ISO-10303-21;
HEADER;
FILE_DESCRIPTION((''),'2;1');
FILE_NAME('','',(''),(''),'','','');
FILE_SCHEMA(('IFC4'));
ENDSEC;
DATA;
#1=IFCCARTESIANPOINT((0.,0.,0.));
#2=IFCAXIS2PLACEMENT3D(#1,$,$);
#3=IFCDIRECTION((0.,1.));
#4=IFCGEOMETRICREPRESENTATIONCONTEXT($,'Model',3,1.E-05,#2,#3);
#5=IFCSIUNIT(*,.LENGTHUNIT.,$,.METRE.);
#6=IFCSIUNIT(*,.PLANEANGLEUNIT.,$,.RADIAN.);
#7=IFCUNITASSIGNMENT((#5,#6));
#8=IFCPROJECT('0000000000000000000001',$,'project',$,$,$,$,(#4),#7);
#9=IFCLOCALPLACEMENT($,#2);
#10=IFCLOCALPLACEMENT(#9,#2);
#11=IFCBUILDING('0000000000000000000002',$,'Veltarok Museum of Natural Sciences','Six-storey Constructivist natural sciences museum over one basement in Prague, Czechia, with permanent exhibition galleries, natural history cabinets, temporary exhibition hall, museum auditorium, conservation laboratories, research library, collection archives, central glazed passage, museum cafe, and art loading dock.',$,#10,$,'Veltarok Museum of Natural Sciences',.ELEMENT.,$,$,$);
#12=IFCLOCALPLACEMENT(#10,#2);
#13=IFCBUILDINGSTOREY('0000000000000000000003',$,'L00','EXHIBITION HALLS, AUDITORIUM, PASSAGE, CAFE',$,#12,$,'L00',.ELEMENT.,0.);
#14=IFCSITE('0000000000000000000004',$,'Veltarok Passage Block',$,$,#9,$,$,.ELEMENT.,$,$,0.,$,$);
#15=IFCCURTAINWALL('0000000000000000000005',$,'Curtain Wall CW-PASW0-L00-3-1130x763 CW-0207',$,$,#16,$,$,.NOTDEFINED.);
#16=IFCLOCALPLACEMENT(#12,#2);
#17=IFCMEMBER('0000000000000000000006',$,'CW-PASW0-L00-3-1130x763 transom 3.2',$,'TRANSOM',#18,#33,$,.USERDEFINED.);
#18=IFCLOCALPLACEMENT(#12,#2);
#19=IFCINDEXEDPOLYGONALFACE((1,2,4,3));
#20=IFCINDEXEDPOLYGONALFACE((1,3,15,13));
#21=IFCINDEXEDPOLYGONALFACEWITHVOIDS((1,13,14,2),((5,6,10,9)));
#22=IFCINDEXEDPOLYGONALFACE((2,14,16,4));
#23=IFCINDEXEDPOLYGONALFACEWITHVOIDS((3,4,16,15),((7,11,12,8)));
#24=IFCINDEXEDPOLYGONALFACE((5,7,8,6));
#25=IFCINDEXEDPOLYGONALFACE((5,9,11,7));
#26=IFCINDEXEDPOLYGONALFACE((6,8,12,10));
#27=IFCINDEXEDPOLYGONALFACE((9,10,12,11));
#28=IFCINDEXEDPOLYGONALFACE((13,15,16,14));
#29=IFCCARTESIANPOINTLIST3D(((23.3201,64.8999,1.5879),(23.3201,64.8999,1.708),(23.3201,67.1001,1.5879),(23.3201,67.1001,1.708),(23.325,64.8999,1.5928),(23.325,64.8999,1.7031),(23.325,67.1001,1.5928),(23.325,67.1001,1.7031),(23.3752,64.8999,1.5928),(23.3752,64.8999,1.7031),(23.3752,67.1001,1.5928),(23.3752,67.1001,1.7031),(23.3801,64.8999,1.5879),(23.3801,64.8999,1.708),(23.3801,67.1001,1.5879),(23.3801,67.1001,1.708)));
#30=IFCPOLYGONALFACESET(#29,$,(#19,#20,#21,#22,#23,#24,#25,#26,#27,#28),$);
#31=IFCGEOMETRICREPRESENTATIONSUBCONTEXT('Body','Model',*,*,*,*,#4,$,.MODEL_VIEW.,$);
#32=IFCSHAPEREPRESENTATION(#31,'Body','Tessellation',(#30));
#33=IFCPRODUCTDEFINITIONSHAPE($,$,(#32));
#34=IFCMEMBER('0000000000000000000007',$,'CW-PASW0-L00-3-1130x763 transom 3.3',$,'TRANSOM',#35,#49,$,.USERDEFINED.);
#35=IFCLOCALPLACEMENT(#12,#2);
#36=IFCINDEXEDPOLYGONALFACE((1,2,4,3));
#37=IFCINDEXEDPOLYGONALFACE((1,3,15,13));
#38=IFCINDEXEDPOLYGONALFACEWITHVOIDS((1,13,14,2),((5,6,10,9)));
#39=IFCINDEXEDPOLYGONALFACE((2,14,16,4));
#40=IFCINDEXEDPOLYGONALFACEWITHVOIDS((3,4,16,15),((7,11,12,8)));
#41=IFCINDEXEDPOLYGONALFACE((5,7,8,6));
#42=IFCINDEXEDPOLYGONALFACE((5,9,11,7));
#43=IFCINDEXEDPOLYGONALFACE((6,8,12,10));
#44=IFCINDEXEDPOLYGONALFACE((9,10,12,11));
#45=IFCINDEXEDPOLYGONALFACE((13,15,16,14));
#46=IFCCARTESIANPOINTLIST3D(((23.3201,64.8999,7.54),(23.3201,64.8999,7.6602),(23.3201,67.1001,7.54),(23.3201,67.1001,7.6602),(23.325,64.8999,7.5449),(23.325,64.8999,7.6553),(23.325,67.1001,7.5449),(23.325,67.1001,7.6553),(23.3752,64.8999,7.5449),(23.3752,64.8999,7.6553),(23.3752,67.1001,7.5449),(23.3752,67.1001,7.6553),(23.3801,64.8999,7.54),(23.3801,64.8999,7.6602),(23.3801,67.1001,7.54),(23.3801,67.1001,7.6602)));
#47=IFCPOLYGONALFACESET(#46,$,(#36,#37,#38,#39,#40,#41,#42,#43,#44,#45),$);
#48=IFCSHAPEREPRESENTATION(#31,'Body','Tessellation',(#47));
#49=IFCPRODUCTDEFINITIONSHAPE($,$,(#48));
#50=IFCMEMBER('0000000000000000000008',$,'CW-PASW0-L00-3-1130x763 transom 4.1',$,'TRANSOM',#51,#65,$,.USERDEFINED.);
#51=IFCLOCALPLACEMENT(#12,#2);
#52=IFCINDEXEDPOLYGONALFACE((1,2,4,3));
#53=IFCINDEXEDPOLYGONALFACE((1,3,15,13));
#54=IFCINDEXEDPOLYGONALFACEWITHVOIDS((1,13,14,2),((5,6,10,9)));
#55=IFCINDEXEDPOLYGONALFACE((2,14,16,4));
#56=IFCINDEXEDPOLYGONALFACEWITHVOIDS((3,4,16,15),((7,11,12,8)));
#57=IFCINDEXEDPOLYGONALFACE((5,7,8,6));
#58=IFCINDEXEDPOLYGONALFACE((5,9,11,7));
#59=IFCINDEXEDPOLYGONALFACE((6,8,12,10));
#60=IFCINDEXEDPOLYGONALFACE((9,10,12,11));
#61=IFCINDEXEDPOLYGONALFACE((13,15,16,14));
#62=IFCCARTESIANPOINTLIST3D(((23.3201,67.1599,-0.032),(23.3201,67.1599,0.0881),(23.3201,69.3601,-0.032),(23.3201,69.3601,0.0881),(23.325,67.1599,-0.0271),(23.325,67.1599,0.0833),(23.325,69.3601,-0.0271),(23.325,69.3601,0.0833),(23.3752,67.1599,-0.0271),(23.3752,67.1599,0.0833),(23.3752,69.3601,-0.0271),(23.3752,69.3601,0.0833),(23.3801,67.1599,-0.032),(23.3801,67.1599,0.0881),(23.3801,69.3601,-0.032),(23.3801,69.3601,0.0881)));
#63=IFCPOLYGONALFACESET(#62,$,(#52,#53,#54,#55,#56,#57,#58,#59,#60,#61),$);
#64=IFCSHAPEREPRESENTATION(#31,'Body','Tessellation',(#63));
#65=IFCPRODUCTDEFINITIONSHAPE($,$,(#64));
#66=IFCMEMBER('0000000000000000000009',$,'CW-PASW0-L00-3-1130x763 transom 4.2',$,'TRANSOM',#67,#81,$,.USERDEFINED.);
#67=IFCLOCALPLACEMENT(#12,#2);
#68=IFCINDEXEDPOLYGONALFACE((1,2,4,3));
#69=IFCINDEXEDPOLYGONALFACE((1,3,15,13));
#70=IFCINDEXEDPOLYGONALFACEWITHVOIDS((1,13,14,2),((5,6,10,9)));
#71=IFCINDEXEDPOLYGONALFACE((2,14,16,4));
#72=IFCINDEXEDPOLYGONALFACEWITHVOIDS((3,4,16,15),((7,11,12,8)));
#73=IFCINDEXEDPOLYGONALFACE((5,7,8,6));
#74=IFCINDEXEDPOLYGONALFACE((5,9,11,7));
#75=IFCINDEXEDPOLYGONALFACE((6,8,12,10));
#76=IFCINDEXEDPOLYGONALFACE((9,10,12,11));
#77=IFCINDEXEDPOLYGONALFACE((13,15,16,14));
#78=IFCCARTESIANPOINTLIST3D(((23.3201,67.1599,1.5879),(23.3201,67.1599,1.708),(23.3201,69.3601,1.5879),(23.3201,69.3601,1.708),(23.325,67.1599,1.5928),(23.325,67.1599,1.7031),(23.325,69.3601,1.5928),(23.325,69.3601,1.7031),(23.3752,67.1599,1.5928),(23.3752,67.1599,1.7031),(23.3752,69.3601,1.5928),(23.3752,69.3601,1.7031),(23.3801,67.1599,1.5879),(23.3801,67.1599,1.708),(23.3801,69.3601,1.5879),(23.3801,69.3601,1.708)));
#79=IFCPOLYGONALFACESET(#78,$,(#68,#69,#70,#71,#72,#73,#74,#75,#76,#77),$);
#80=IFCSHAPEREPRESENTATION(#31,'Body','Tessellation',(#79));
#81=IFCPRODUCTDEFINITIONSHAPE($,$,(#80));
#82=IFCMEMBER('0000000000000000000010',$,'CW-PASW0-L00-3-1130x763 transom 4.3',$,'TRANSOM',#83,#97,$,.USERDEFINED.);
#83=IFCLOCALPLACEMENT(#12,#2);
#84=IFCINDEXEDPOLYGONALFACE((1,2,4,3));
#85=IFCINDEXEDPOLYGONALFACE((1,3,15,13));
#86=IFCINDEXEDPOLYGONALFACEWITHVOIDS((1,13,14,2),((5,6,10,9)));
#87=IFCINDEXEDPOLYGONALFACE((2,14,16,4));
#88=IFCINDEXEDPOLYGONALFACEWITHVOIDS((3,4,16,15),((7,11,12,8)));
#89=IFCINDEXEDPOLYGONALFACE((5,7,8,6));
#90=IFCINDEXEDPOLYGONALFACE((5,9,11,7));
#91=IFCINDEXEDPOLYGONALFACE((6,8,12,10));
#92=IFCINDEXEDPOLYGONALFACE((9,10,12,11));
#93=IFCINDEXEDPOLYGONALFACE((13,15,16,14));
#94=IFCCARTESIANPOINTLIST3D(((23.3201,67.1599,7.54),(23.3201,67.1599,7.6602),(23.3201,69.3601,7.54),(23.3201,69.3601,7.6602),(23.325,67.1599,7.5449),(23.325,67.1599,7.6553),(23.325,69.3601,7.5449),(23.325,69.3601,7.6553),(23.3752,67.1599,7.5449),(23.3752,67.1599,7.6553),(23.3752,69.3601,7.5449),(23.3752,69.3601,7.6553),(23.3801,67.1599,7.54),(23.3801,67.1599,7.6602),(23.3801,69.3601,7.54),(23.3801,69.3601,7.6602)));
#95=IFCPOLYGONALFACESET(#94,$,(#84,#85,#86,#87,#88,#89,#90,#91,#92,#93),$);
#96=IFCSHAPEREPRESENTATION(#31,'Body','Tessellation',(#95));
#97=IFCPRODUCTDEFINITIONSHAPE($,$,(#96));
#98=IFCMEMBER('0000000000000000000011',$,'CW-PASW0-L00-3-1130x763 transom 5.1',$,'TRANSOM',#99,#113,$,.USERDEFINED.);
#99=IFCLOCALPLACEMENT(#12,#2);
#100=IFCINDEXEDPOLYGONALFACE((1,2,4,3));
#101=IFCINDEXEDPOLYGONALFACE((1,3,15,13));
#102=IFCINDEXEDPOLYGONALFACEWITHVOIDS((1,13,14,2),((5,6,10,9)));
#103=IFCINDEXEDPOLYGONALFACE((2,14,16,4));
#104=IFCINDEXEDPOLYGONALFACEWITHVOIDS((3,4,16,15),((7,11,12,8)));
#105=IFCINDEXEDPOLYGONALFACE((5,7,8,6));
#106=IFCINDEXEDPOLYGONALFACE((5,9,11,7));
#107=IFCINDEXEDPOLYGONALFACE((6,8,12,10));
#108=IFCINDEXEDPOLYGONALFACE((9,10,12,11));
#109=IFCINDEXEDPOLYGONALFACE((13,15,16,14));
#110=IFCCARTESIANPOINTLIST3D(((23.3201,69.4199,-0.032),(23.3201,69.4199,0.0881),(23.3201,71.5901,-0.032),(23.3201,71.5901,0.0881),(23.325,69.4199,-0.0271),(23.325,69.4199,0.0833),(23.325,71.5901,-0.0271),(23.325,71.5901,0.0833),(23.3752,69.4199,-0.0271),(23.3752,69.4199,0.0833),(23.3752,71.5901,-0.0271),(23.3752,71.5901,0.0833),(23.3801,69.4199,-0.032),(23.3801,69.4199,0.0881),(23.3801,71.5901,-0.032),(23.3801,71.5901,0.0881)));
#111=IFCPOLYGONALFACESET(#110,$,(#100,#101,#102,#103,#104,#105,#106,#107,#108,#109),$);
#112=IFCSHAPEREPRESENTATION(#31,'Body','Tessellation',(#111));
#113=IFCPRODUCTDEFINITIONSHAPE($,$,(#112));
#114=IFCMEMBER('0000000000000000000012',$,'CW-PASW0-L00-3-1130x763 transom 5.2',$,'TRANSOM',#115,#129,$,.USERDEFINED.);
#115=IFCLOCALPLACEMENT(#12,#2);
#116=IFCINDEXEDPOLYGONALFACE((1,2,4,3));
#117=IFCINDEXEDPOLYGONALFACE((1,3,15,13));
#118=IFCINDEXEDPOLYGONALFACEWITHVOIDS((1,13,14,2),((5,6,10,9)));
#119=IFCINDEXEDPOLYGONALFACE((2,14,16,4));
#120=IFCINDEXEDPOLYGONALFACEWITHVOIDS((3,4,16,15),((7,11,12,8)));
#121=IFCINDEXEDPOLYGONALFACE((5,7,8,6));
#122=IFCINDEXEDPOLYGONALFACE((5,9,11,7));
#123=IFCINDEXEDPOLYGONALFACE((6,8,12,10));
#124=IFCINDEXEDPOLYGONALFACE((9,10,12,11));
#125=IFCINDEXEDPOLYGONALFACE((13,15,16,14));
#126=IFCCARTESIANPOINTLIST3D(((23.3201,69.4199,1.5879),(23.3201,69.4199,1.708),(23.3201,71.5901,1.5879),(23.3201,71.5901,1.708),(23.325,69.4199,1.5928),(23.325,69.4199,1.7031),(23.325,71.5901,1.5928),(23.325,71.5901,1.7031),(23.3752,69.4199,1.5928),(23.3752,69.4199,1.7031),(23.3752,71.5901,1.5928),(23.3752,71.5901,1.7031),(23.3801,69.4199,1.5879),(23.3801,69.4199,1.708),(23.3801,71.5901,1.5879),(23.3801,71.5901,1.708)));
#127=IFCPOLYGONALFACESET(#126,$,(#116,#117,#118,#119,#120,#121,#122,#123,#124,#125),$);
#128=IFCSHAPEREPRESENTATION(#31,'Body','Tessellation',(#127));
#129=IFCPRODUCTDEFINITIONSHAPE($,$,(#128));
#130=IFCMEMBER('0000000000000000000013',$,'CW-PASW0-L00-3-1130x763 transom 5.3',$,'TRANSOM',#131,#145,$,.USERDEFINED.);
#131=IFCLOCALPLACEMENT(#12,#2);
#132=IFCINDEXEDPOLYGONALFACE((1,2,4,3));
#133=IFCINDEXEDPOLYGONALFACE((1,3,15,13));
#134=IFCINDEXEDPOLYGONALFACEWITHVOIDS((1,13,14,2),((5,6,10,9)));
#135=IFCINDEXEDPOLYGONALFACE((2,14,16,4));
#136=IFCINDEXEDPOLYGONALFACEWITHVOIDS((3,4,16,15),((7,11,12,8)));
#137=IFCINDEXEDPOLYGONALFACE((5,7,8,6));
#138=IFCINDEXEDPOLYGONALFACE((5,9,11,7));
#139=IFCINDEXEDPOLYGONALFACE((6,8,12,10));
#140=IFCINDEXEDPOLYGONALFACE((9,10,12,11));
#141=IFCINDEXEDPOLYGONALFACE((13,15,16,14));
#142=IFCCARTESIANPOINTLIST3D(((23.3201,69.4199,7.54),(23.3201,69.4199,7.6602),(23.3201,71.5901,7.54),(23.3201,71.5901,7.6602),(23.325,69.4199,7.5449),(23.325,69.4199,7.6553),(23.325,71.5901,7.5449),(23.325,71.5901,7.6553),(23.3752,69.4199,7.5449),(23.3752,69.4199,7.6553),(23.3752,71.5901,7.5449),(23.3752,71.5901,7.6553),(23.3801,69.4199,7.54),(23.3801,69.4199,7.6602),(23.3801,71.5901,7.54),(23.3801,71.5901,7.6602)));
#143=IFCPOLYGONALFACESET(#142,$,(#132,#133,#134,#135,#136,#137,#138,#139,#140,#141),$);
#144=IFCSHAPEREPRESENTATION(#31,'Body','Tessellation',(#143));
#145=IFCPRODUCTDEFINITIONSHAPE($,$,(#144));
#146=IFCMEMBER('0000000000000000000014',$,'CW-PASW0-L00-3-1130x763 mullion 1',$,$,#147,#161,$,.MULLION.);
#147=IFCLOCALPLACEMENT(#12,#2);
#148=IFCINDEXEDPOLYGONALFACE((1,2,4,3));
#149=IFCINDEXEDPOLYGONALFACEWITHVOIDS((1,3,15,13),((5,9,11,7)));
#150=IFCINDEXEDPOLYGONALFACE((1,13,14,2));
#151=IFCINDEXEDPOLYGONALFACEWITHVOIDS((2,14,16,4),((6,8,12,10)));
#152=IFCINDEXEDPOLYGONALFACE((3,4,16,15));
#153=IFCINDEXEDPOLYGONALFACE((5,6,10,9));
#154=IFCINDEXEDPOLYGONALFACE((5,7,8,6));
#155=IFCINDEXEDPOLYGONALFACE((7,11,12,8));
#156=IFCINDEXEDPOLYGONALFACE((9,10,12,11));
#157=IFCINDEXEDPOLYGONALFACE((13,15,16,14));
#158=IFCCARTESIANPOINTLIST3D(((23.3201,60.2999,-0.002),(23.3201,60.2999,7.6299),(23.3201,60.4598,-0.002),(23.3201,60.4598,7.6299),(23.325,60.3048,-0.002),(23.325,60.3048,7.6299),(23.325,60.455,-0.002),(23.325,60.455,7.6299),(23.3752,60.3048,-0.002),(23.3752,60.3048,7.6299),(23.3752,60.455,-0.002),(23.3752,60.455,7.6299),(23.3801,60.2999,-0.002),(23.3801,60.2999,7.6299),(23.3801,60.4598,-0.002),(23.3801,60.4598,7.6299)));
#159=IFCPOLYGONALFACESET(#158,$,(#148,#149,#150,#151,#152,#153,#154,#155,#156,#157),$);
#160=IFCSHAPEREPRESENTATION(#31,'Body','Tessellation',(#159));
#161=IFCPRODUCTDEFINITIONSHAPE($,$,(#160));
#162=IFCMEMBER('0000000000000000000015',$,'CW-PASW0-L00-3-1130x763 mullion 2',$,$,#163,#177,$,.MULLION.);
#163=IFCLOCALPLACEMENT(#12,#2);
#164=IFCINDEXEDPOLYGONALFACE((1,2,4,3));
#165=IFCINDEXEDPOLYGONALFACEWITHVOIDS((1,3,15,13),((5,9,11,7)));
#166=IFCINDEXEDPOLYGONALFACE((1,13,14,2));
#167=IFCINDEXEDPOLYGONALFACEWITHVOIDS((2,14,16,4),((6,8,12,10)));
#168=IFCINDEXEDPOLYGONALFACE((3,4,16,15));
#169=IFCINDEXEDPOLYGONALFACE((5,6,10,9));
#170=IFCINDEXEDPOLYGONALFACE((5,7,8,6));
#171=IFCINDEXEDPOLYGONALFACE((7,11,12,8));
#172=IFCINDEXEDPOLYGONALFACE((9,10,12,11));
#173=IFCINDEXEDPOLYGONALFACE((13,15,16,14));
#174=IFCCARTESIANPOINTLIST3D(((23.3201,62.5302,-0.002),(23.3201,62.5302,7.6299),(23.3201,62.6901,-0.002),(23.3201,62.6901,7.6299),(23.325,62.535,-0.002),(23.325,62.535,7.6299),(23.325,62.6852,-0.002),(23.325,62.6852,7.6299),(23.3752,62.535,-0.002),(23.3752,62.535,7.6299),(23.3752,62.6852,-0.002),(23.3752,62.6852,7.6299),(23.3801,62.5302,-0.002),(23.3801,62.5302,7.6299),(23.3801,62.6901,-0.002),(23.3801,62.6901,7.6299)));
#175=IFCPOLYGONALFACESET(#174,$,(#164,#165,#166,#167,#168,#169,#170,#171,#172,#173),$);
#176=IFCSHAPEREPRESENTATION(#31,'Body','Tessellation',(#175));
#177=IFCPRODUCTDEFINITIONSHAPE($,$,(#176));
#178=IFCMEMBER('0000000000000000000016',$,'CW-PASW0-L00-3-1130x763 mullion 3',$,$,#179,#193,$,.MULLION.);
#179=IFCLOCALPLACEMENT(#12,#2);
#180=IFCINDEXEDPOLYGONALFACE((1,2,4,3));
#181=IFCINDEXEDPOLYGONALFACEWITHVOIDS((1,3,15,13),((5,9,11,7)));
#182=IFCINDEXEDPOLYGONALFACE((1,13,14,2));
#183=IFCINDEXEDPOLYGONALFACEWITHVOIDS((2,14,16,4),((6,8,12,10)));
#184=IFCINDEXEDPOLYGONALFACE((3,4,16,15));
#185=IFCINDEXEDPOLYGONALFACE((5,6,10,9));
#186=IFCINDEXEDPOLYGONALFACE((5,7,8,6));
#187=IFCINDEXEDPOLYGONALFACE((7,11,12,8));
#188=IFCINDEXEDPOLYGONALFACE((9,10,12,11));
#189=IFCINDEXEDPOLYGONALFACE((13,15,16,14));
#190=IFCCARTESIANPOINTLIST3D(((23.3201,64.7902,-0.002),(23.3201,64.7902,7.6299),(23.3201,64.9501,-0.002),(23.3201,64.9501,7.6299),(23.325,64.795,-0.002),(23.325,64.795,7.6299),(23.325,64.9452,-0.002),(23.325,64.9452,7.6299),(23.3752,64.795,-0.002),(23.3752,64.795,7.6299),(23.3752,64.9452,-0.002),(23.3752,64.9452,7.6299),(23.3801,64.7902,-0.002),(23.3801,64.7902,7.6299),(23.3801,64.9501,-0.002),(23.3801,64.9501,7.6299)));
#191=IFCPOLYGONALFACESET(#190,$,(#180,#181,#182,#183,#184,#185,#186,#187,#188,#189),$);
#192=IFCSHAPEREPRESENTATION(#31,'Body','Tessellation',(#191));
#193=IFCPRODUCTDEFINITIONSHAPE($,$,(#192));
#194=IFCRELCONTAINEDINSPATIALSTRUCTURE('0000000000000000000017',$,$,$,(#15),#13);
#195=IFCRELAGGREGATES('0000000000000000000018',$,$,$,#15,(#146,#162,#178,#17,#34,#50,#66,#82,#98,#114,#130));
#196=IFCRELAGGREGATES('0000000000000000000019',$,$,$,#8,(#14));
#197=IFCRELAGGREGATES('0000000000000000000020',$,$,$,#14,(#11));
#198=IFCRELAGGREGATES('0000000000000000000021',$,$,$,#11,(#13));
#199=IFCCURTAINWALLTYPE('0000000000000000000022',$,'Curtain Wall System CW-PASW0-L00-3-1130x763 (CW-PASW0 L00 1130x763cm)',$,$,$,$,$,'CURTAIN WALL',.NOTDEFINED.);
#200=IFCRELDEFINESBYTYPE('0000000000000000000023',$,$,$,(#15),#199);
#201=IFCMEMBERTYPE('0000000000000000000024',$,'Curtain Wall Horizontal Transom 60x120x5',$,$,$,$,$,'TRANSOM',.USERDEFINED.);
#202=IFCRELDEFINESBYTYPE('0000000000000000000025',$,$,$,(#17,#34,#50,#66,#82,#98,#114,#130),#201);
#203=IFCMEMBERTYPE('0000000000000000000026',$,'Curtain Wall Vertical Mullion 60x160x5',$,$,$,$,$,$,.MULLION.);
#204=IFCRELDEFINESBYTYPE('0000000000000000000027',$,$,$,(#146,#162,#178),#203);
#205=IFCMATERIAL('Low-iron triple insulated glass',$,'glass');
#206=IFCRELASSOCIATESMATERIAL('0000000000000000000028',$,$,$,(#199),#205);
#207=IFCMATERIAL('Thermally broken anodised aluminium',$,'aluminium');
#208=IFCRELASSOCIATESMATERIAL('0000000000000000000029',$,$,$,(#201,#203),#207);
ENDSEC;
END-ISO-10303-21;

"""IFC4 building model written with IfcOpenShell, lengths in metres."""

from ifc_helpers import new_model, si_unit, direction, frame, origin, origin_2d, place, context, subcontext, project, spatial, hollow_rectangle, extrude, material, material_profile, profile_set, type_object, element, aggregate, save


model = new_model("IFC4")

# Units and contexts
model_context = context("Model", 3, precision=1e-05, world=origin(), true_north=direction((0.0, 1.0)))
body_context = subcontext(model_context, "Body", "Model", "MODEL_VIEW")
ifc_project = project(units=[si_unit("LENGTHUNIT", "METRE"), si_unit("PLANEANGLEUNIT", "RADIAN")], contexts=[model_context])

# Site, building, storey
site_placement = place(None, origin())
site = spatial("IfcSite", under=ifc_project, at=site_placement, Name="Veltarok Passage Block", CompositionType="ELEMENT", RefElevation=0.0)
building_placement = place(site_placement, origin())
building = spatial("IfcBuilding", under=site, at=building_placement, Name="Veltarok Museum of Natural Sciences", Description="Six-storey Constructivist natural sciences museum over one basement in Prague, Czechia, with permanent exhibition galleries, natural history cabinets, temporary exhibition hall, museum auditorium, conservation laboratories, research library, collection archives, central glazed passage, museum cafe, and art loading dock.", LongName="Veltarok Museum of Natural Sciences", CompositionType="ELEMENT")
storey_placement = place(building_placement, origin())
storey = spatial("IfcBuildingStorey", under=building, at=storey_placement, Name="L00", Description="EXHIBITION HALLS, AUDITORIUM, PASSAGE, CAFE", LongName="L00", CompositionType="ELEMENT", Elevation=0.0)

# Curtain wall, members
ifc_material_1 = material(Name="Low-iron triple insulated glass", Category="glass")
curtain_wall_type_1 = type_object("IfcCurtainWallType", Name="Curtain Wall System CW-PASW0-L00-3-1130x763 (CW-PASW0 L00 1130x763cm)", ElementType="CURTAIN WALL", PredefinedType="NOTDEFINED", material=ifc_material_1)
curtain_wall_1_placement = place(storey_placement, origin())
curtain_wall_1 = element("IfcCurtainWall", 1, at=curtain_wall_1_placement, inside=storey, type_object=curtain_wall_type_1, Name="Curtain Wall CW-PASW0-L00-3-1130x763 CW-0207", PredefinedType="NOTDEFINED")
ifc_material_2 = material(Name="Thermally broken anodised aluminium", Category="aluminium")
ifc_material_profile_1 = material_profile(ifc_material_2, hollow_rectangle(XDim=0.0601, YDim=0.1201, WallThickness=0.0049, at=origin_2d()), Name="CW TRANSOM 60x120x5")
ifc_profile_set_1 = profile_set([ifc_material_profile_1], Name="Thermally broken anodised aluminium")
member_type_1 = type_object("IfcMemberType", Name="Curtain Wall Horizontal Transom 60x120x5", ElementType="TRANSOM", PredefinedType="USERDEFINED", material=ifc_profile_set_1)
member_1_placement = place(storey_placement, frame((23.3501, 64.8999, 1.6479), z_axis=(0.0, 1.0, 0.0), x_axis=(-1.0, 0.0, 0.0)))
member_1 = element("IfcMember", 2, at=member_1_placement, type_object=member_type_1, Name="CW-PASW0-L00-3-1130x763 transom 3.2", ObjectType="TRANSOM", PredefinedType="USERDEFINED", context=body_context, shape_type="SweptSolid", body=[
    extrude(hollow_rectangle(XDim=0.0601, YDim=0.1201, WallThickness=0.0049, at=origin_2d()), origin(), (0.0, 0.0, 1.0), 2.2002),
])
member_2_placement = place(storey_placement, frame((23.3501, 64.8999, 7.6001), z_axis=(0.0, 1.0, 0.0), x_axis=(-1.0, 0.0, 0.0)))
member_2 = element("IfcMember", 3, at=member_2_placement, type_object=member_type_1, Name="CW-PASW0-L00-3-1130x763 transom 3.3", ObjectType="TRANSOM", PredefinedType="USERDEFINED", context=body_context, shape_type="SweptSolid", body=[
    extrude(hollow_rectangle(XDim=0.0601, YDim=0.1201, WallThickness=0.0049, at=origin_2d()), origin(), (0.0, 0.0, 1.0), 2.2002),
])
member_3_placement = place(storey_placement, frame((23.3501, 67.1599, 0.0281), z_axis=(0.0, 1.0, 0.0), x_axis=(-1.0, 0.0, 0.0)))
member_3 = element("IfcMember", 4, at=member_3_placement, type_object=member_type_1, Name="CW-PASW0-L00-3-1130x763 transom 4.1", ObjectType="TRANSOM", PredefinedType="USERDEFINED", context=body_context, shape_type="SweptSolid", body=[
    extrude(hollow_rectangle(XDim=0.0601, YDim=0.1201, WallThickness=0.0049, at=origin_2d()), origin(), (0.0, 0.0, 1.0), 2.2002),
])
member_4_placement = place(storey_placement, frame((23.3501, 67.1599, 1.6479), z_axis=(0.0, 1.0, 0.0), x_axis=(-1.0, 0.0, 0.0)))
member_4 = element("IfcMember", 5, at=member_4_placement, type_object=member_type_1, Name="CW-PASW0-L00-3-1130x763 transom 4.2", ObjectType="TRANSOM", PredefinedType="USERDEFINED", context=body_context, shape_type="SweptSolid", body=[
    extrude(hollow_rectangle(XDim=0.0601, YDim=0.1201, WallThickness=0.0049, at=origin_2d()), origin(), (0.0, 0.0, 1.0), 2.2002),
])
member_5_placement = place(storey_placement, frame((23.3501, 67.1599, 7.6001), z_axis=(0.0, 1.0, 0.0), x_axis=(-1.0, 0.0, 0.0)))
member_5 = element("IfcMember", 6, at=member_5_placement, type_object=member_type_1, Name="CW-PASW0-L00-3-1130x763 transom 4.3", ObjectType="TRANSOM", PredefinedType="USERDEFINED", context=body_context, shape_type="SweptSolid", body=[
    extrude(hollow_rectangle(XDim=0.0601, YDim=0.1201, WallThickness=0.0049, at=origin_2d()), origin(), (0.0, 0.0, 1.0), 2.2002),
])
member_6_placement = place(storey_placement, frame((23.3501, 69.4199, 0.0281), z_axis=(0.0, 1.0, 0.0), x_axis=(-1.0, 0.0, 0.0)))
member_6 = element("IfcMember", 7, at=member_6_placement, type_object=member_type_1, Name="CW-PASW0-L00-3-1130x763 transom 5.1", ObjectType="TRANSOM", PredefinedType="USERDEFINED", context=body_context, shape_type="SweptSolid", body=[
    extrude(hollow_rectangle(XDim=0.0601, YDim=0.1201, WallThickness=0.0049, at=origin_2d()), origin(), (0.0, 0.0, 1.0), 2.1702),
])
member_7_placement = place(storey_placement, frame((23.3501, 69.4199, 1.6479), z_axis=(0.0, 1.0, 0.0), x_axis=(-1.0, 0.0, 0.0)))
member_7 = element("IfcMember", 8, at=member_7_placement, type_object=member_type_1, Name="CW-PASW0-L00-3-1130x763 transom 5.2", ObjectType="TRANSOM", PredefinedType="USERDEFINED", context=body_context, shape_type="SweptSolid", body=[
    extrude(hollow_rectangle(XDim=0.0601, YDim=0.1201, WallThickness=0.0049, at=origin_2d()), origin(), (0.0, 0.0, 1.0), 2.1702),
])
member_8_placement = place(storey_placement, frame((23.3501, 69.4199, 7.6001), z_axis=(0.0, 1.0, 0.0), x_axis=(-1.0, 0.0, 0.0)))
member_8 = element("IfcMember", 9, at=member_8_placement, type_object=member_type_1, Name="CW-PASW0-L00-3-1130x763 transom 5.3", ObjectType="TRANSOM", PredefinedType="USERDEFINED", context=body_context, shape_type="SweptSolid", body=[
    extrude(hollow_rectangle(XDim=0.0601, YDim=0.1201, WallThickness=0.0049, at=origin_2d()), origin(), (0.0, 0.0, 1.0), 2.1702),
])
ifc_material_profile_2 = material_profile(ifc_material_2, hollow_rectangle(XDim=0.0601, YDim=0.1599, WallThickness=0.0049, at=origin_2d()), Name="CW MULLION 60x160x5")
ifc_profile_set_2 = profile_set([ifc_material_profile_2], Name="Thermally broken anodised aluminium")
member_type_2 = type_object("IfcMemberType", Name="Curtain Wall Vertical Mullion 60x160x5", PredefinedType="MULLION", material=ifc_profile_set_2)
member_9_placement = place(storey_placement, frame((23.3501, 60.3799, -0.002), z_axis=(0.0, 0.0, 1.0), x_axis=(-1.0, 0.0, 0.0)))
member_9 = element("IfcMember", 10, at=member_9_placement, type_object=member_type_2, Name="CW-PASW0-L00-3-1130x763 mullion 1", PredefinedType="MULLION", context=body_context, shape_type="SweptSolid", body=[
    extrude(hollow_rectangle(XDim=0.0601, YDim=0.1599, WallThickness=0.0049, at=origin_2d()), origin(), (0.0, 0.0, 1.0), 7.6318),
])
member_10_placement = place(storey_placement, frame((23.3501, 62.6101, -0.002), z_axis=(0.0, 0.0, 1.0), x_axis=(-1.0, 0.0, 0.0)))
member_10 = element("IfcMember", 11, at=member_10_placement, type_object=member_type_2, Name="CW-PASW0-L00-3-1130x763 mullion 2", PredefinedType="MULLION", context=body_context, shape_type="SweptSolid", body=[
    extrude(hollow_rectangle(XDim=0.0601, YDim=0.1599, WallThickness=0.0049, at=origin_2d()), origin(), (0.0, 0.0, 1.0), 7.6318),
])
member_11_placement = place(storey_placement, frame((23.3501, 64.8701, -0.002), z_axis=(0.0, 0.0, 1.0), x_axis=(-1.0, 0.0, 0.0)))
member_11 = element("IfcMember", 12, at=member_11_placement, type_object=member_type_2, Name="CW-PASW0-L00-3-1130x763 mullion 3", PredefinedType="MULLION", context=body_context, shape_type="SweptSolid", body=[
    extrude(hollow_rectangle(XDim=0.0601, YDim=0.1599, WallThickness=0.0049, at=origin_2d()), origin(), (0.0, 0.0, 1.0), 7.6318),
])

aggregate(curtain_wall_1, [member_9, member_10, member_11, member_1, member_2, member_3, member_4, member_5, member_6, member_7, member_8])

save(model, "model.ifc")
